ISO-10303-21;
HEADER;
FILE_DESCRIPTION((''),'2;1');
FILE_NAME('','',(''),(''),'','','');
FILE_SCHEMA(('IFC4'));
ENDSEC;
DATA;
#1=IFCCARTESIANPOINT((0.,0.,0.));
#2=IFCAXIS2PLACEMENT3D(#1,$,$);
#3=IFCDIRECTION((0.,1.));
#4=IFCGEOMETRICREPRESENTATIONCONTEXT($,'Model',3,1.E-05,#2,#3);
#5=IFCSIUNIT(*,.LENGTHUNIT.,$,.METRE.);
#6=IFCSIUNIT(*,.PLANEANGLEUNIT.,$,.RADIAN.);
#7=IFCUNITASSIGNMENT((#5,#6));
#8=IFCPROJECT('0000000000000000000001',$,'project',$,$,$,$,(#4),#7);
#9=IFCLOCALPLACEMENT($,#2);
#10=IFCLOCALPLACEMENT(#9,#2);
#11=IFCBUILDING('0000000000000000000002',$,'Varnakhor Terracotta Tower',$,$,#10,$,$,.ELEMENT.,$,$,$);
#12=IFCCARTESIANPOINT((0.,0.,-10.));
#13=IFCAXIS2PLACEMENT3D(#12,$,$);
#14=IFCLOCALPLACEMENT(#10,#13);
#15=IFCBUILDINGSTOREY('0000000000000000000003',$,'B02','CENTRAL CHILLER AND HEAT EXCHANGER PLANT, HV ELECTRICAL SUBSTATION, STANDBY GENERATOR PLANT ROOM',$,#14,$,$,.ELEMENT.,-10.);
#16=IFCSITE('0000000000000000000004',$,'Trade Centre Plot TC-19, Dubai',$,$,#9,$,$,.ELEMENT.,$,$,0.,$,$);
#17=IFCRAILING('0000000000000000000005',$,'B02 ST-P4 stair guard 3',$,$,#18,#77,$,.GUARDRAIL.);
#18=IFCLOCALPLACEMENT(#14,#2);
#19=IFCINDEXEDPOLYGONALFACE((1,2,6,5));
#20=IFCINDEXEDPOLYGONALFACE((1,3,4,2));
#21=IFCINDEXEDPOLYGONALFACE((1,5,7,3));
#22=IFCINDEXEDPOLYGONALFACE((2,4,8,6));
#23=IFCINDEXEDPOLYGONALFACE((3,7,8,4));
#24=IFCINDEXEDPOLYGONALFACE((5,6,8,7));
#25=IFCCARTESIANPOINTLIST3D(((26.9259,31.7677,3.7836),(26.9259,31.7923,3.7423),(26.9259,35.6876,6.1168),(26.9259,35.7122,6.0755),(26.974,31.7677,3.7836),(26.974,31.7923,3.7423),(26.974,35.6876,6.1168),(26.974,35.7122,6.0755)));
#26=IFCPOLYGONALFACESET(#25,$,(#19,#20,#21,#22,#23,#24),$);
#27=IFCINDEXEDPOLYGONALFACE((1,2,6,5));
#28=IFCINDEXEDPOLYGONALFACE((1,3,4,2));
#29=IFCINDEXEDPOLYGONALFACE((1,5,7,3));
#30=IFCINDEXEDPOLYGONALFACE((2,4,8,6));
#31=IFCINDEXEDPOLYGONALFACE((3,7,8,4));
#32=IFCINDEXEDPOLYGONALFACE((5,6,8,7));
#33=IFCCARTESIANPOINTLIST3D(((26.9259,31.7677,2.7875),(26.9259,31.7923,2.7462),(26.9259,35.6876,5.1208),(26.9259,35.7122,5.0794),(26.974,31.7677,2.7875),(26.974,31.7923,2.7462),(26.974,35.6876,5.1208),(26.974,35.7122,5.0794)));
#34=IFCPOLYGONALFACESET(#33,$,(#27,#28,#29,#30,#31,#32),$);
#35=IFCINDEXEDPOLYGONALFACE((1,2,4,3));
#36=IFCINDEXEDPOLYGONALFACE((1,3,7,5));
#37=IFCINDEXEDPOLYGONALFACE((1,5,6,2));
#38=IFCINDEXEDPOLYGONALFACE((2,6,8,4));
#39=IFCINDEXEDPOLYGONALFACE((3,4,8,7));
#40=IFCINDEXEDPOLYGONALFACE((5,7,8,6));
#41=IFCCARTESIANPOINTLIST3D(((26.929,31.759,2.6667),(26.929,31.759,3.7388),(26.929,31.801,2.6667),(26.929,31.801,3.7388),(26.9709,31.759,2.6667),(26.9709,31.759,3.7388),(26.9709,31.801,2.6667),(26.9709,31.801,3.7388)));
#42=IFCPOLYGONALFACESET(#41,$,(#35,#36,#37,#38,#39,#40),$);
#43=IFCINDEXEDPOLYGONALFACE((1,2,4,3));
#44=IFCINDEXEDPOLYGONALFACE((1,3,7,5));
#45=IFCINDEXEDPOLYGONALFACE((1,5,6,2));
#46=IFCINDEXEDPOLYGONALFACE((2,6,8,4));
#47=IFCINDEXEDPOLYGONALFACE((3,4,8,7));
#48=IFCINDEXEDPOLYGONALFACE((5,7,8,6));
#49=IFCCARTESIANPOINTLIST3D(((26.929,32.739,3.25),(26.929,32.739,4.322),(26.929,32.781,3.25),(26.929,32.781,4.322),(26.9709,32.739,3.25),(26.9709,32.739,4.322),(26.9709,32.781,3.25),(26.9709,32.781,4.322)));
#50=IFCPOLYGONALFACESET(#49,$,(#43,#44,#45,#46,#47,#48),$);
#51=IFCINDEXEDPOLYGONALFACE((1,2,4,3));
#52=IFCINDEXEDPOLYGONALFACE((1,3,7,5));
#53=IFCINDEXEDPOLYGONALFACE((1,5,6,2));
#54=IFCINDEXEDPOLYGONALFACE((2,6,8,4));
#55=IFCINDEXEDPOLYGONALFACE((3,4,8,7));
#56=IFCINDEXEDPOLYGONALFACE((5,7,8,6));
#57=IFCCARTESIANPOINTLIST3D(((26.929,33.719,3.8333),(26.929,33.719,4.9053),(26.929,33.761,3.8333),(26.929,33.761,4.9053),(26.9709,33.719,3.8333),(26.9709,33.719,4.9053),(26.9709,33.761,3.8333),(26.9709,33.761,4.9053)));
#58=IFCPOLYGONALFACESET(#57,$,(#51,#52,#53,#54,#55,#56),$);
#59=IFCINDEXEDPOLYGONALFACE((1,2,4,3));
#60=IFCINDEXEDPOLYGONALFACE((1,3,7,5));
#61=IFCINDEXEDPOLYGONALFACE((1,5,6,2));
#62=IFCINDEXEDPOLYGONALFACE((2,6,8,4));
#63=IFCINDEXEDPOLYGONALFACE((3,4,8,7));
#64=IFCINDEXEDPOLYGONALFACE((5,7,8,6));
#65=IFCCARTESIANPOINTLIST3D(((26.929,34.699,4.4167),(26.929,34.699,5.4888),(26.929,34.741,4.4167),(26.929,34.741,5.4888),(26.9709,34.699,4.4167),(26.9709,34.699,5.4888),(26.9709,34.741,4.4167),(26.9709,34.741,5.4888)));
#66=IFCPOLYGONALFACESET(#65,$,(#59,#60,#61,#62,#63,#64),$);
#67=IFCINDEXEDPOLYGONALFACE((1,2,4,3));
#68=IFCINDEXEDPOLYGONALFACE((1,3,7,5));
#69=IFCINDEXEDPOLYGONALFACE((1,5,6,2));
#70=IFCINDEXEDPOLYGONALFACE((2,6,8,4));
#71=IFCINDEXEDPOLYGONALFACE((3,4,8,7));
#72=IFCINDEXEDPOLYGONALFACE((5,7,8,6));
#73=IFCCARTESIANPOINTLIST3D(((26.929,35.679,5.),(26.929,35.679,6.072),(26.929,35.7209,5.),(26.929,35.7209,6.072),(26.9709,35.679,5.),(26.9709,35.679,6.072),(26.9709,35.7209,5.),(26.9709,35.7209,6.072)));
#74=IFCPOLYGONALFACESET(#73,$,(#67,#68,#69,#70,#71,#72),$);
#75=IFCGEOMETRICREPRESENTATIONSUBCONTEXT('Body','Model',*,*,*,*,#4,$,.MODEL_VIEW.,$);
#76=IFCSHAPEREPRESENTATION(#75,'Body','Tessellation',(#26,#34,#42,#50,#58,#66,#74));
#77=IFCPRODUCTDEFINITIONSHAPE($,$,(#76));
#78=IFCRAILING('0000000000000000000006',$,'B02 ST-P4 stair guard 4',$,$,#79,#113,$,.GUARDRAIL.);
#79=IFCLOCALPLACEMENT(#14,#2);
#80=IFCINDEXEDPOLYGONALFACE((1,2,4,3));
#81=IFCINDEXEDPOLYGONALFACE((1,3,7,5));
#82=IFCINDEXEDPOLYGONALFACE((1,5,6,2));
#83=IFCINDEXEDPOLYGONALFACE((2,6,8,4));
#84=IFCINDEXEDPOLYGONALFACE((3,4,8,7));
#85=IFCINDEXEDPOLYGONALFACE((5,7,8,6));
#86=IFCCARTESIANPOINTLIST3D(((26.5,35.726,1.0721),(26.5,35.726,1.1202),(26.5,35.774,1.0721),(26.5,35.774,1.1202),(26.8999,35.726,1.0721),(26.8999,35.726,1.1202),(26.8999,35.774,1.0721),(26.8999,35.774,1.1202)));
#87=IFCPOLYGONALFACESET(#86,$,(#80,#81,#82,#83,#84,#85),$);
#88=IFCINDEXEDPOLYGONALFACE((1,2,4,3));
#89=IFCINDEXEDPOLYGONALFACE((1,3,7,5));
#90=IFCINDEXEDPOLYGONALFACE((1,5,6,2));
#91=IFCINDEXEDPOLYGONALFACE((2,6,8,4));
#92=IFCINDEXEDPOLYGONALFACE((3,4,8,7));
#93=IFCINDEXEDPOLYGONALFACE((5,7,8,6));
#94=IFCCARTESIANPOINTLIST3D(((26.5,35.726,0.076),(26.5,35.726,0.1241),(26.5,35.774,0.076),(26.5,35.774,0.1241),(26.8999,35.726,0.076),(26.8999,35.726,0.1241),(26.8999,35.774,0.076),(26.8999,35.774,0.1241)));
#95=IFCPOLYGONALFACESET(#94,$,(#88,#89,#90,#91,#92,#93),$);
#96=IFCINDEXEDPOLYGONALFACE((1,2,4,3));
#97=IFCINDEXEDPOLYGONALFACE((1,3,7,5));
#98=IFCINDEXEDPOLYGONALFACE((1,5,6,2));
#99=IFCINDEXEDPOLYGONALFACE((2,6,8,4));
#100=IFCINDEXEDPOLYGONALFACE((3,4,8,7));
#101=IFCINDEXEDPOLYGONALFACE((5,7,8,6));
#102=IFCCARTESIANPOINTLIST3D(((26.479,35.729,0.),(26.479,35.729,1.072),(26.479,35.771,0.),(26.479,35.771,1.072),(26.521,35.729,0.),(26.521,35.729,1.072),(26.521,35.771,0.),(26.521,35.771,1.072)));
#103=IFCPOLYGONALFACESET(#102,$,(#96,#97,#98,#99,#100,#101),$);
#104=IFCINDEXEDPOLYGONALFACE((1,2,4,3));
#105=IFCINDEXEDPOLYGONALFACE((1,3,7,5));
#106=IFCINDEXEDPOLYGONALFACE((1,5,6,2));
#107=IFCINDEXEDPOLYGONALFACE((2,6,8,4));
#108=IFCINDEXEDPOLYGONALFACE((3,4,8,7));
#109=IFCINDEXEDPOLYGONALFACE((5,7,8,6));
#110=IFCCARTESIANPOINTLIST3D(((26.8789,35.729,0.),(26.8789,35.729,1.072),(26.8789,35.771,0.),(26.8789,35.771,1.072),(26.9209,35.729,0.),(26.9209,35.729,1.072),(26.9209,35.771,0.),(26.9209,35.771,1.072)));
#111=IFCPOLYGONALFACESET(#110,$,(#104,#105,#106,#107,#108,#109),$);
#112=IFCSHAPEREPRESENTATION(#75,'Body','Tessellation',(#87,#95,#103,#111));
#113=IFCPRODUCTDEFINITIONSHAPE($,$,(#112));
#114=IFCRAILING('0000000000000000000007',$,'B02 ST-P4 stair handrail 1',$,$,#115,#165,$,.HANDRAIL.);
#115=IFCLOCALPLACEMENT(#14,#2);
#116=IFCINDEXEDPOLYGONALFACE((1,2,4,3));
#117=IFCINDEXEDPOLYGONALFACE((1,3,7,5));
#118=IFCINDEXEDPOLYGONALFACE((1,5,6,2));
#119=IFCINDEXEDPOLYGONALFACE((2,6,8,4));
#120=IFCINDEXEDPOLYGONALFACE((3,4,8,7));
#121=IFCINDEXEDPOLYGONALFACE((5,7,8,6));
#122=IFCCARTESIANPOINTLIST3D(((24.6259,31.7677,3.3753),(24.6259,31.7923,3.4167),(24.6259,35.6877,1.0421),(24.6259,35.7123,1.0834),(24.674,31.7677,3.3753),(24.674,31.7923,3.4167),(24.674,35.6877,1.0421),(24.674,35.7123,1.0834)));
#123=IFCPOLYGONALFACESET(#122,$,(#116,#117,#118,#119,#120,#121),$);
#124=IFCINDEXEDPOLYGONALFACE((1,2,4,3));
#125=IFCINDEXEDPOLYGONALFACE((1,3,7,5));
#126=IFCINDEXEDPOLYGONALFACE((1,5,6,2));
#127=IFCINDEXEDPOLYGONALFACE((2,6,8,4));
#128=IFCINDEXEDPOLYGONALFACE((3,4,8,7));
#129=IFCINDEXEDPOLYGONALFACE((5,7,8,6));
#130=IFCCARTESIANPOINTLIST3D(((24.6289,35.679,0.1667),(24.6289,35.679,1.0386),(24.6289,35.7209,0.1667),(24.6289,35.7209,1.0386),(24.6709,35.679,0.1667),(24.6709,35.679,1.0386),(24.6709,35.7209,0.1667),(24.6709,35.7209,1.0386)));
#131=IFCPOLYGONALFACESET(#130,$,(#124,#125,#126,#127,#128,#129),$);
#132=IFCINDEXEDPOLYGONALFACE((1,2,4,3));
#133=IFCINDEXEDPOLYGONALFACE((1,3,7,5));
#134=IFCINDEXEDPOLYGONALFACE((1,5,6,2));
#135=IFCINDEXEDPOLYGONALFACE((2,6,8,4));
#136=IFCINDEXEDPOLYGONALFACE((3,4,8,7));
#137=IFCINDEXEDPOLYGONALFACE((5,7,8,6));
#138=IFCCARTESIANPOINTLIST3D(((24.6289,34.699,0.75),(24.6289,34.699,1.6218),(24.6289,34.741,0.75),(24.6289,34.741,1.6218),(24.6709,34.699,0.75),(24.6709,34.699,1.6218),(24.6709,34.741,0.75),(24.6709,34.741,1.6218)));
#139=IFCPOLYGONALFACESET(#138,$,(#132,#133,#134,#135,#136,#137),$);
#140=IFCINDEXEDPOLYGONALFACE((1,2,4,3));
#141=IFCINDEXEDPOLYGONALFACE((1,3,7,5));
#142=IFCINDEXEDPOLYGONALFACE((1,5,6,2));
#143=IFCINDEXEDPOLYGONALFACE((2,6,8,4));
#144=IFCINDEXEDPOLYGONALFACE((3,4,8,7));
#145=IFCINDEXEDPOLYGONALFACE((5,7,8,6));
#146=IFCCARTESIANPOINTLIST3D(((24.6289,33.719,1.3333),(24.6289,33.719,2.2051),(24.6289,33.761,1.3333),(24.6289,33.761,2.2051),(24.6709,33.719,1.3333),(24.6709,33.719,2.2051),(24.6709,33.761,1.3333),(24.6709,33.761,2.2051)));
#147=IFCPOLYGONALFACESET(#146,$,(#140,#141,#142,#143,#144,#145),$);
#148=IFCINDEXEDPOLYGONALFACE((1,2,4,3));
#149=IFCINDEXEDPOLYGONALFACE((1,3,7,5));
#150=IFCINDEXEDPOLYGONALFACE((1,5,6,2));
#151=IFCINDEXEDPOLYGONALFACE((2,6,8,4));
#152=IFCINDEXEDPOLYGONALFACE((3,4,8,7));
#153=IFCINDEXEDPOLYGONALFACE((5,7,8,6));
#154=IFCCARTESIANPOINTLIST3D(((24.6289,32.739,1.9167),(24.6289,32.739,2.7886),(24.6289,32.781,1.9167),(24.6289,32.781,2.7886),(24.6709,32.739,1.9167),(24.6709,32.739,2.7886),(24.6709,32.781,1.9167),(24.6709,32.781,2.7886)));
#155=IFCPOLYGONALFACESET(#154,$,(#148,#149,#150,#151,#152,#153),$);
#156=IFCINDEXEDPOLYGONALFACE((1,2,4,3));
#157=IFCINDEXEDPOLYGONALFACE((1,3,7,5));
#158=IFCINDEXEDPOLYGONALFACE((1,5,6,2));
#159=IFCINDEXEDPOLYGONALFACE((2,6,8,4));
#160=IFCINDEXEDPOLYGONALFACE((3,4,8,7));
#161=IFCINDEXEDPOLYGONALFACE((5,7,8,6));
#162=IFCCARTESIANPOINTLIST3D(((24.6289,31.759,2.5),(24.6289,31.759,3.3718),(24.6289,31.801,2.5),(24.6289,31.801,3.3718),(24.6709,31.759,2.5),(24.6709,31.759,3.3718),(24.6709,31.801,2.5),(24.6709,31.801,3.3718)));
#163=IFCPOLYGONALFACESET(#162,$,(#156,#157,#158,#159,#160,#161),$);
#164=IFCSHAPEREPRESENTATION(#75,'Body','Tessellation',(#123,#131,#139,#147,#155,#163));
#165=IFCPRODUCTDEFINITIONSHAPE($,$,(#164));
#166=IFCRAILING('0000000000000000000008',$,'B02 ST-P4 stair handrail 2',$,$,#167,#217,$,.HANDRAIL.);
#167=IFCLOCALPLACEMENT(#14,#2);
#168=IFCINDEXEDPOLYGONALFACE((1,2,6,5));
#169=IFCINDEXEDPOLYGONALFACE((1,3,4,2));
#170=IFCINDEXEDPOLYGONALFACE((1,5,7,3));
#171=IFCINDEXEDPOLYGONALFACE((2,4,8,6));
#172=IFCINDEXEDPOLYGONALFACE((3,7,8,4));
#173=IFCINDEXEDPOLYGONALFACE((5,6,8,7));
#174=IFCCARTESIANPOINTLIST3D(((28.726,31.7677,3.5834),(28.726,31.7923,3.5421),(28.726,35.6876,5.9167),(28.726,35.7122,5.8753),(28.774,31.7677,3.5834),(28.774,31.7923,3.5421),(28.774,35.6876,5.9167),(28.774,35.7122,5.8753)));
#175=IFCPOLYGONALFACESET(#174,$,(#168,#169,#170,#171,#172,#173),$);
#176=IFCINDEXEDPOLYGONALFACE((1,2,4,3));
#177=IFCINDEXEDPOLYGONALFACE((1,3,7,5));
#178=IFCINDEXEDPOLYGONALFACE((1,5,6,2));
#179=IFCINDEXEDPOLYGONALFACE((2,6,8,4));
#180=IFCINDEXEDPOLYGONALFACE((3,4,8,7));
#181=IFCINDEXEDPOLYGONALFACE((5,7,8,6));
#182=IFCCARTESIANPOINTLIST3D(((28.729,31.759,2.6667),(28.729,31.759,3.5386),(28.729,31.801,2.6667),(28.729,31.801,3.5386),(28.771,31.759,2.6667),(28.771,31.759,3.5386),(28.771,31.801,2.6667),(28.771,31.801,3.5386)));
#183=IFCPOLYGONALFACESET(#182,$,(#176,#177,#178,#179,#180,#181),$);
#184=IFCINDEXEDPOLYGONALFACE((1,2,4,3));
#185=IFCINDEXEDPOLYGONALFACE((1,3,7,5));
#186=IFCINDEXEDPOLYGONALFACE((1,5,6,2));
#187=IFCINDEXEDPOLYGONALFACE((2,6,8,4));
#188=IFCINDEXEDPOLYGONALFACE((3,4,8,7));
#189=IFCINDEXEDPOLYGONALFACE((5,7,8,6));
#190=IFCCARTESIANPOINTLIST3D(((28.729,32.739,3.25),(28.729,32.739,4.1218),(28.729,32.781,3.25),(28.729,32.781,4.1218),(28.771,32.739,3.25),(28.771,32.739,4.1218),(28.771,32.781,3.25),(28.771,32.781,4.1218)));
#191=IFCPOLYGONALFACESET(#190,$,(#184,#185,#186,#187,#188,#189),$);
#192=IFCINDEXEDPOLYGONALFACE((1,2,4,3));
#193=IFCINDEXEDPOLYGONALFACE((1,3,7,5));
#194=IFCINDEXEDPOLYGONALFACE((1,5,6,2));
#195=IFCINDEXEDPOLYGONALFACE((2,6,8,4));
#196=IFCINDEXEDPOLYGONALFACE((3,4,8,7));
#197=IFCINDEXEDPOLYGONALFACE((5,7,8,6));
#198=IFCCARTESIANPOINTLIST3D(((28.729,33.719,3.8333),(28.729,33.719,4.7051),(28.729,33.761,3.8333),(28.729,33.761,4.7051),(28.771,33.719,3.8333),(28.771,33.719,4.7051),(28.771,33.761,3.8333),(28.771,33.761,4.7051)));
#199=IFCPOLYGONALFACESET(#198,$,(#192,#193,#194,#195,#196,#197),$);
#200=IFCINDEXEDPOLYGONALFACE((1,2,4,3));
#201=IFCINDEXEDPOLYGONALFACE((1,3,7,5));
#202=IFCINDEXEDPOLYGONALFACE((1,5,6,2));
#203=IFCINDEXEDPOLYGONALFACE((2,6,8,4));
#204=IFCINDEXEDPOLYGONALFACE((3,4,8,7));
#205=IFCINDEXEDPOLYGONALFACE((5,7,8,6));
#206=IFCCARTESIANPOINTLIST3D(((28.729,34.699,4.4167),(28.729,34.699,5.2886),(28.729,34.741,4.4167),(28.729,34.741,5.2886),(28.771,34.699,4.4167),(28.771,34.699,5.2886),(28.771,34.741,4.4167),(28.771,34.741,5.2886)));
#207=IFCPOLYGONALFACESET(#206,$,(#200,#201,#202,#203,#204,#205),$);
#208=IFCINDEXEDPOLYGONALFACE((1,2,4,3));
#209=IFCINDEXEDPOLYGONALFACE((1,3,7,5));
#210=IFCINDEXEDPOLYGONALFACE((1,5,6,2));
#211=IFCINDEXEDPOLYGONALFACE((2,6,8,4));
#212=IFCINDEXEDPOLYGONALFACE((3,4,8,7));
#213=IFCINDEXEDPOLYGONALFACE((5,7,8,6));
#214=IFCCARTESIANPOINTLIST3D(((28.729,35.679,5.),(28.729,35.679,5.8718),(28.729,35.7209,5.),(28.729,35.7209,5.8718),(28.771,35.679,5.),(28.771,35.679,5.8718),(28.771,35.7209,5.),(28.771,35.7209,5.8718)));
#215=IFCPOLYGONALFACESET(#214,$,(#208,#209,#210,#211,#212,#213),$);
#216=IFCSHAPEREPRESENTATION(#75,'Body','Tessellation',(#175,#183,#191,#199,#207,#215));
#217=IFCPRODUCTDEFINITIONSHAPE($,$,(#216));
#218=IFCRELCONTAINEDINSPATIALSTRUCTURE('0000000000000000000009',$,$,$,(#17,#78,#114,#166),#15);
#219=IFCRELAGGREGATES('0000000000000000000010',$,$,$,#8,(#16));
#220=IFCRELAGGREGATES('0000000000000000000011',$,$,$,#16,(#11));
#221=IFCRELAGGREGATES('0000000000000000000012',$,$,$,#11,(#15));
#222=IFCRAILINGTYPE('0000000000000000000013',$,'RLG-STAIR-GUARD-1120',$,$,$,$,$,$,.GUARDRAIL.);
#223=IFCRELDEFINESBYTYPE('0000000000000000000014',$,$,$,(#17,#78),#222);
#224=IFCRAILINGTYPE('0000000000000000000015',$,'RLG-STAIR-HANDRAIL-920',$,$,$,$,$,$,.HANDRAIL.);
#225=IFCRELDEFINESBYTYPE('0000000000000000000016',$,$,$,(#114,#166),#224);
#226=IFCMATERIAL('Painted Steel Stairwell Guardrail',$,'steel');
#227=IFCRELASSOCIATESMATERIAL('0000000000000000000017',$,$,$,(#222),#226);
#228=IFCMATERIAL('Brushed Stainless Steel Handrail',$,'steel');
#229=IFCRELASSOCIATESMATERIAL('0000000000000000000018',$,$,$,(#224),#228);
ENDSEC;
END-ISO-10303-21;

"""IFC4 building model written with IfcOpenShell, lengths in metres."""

from ifc_helpers import new_model, si_unit, direction, frame, origin, origin_2d, place, context, subcontext, project, spatial, rectangle, extrude, material, type_object, element, save


model = new_model("IFC4")

# Units and contexts
model_context = context("Model", 3, precision=1e-05, world=origin(), true_north=direction((0.0, 1.0)))
body_context = subcontext(model_context, "Body", "Model", "MODEL_VIEW")
ifc_project = project(units=[si_unit("LENGTHUNIT", "METRE"), si_unit("PLANEANGLEUNIT", "RADIAN")], contexts=[model_context])

# Site, building, storey
site_placement = place(None, origin())
site = spatial("IfcSite", under=ifc_project, at=site_placement, Name="Trade Centre Plot TC-19, Dubai", CompositionType="ELEMENT", RefElevation=0.0)
building_placement = place(site_placement, origin())
building = spatial("IfcBuilding", under=site, at=building_placement, Name="Varnakhor Terracotta Tower", CompositionType="ELEMENT")
storey_placement = place(building_placement, frame((0.0, 0.0, -10.0)))
storey = spatial("IfcBuildingStorey", under=building, at=storey_placement, Name="B02", Description="CENTRAL CHILLER AND HEAT EXCHANGER PLANT, HV ELECTRICAL SUBSTATION, STANDBY GENERATOR PLANT ROOM", CompositionType="ELEMENT", Elevation=-10.0)

# Railings
ifc_material_1 = material(Name="Painted Steel Stairwell Guardrail", Category="steel")
railing_type_1 = type_object("IfcRailingType", Name="RLG-STAIR-GUARD-1120", PredefinedType="GUARDRAIL", material=ifc_material_1)
railing_1_placement = place(storey_placement, frame((26.95, 31.78, 2.6667)))
element("IfcRailing", 1, at=railing_1_placement, inside=storey, type_object=railing_type_1, Name="B02 ST-P4 stair guard 3", PredefinedType="GUARDRAIL", context=body_context, shape_type="SweptSolid", body=[
    extrude(rectangle(XDim=0.0481, YDim=0.0481, at=origin_2d()), frame((0.0, 0.0, 1.0962), z_axis=(0.0, 0.859296, 0.511478), x_axis=(-1.0, 0.0, 0.0)), (0.0, 0.0, 1.0), 4.5618),
    extrude(rectangle(XDim=0.0481, YDim=0.0481, at=origin_2d()), frame((0.0, 0.0, 0.1001), z_axis=(0.0, 0.859296, 0.511478), x_axis=(-1.0, 0.0, 0.0)), (0.0, 0.0, 1.0), 4.5618),
    extrude(rectangle(XDim=0.042, YDim=0.042, at=origin_2d()), origin(), (0.0, 0.0, 1.0), 1.072),
    extrude(rectangle(XDim=0.042, YDim=0.042, at=origin_2d()), frame((0.0, 0.98, 0.5833)), (0.0, 0.0, 1.0), 1.072),
    extrude(rectangle(XDim=0.042, YDim=0.042, at=origin_2d()), frame((0.0, 1.96, 1.1665)), (0.0, 0.0, 1.0), 1.072),
    extrude(rectangle(XDim=0.042, YDim=0.042, at=origin_2d()), frame((0.0, 2.9399, 1.75)), (0.0, 0.0, 1.0), 1.072),
    extrude(rectangle(XDim=0.042, YDim=0.042, at=origin_2d()), frame((0.0, 3.9199, 2.3333)), (0.0, 0.0, 1.0), 1.072),
])
railing_2_placement = place(storey_placement, frame((26.5, 35.75, 0.0)))
element("IfcRailing", 2, at=railing_2_placement, inside=storey, type_object=railing_type_1, Name="B02 ST-P4 stair guard 4", PredefinedType="GUARDRAIL", context=body_context, shape_type="SweptSolid", body=[
    extrude(rectangle(XDim=0.0481, YDim=0.0481, at=origin_2d()), frame((0.0, 0.0, 1.0962), z_axis=(1.0, 0.0, 0.0), x_axis=(0.0, 1.0, 0.0)), (0.0, 0.0, 1.0), 0.3999),
    extrude(rectangle(XDim=0.0481, YDim=0.0481, at=origin_2d()), frame((0.0, 0.0, 0.1001), z_axis=(1.0, 0.0, 0.0), x_axis=(0.0, 1.0, 0.0)), (0.0, 0.0, 1.0), 0.3999),
    extrude(rectangle(XDim=0.042, YDim=0.042, at=origin_2d()), origin(), (0.0, 0.0, 1.0), 1.072),
    extrude(rectangle(XDim=0.042, YDim=0.042, at=origin_2d()), frame((0.3999, 0.0, 0.0)), (0.0, 0.0, 1.0), 1.072),
])
ifc_material_2 = material(Name="Brushed Stainless Steel Handrail", Category="steel")
railing_type_2 = type_object("IfcRailingType", Name="RLG-STAIR-HANDRAIL-920", PredefinedType="HANDRAIL", material=ifc_material_2)
railing_3_placement = place(storey_placement, frame((24.6499, 35.7, 0.1667)))
element("IfcRailing", 3, at=railing_3_placement, inside=storey, type_object=railing_type_2, Name="B02 ST-P4 stair handrail 1", PredefinedType="HANDRAIL", context=body_context, shape_type="SweptSolid", body=[
    extrude(rectangle(XDim=0.0481, YDim=0.0481, at=origin_2d()), frame((0.0, 0.0, 0.896), z_axis=(0.0, -0.859296, 0.511478), x_axis=(1.0, 0.0, 0.0)), (0.0, 0.0, 1.0), 4.5618),
    extrude(rectangle(XDim=0.042, YDim=0.042, at=origin_2d()), origin(), (0.0, 0.0, 1.0), 0.8718),
    extrude(rectangle(XDim=0.042, YDim=0.042, at=origin_2d()), frame((0.0, -0.98, 0.5833)), (0.0, 0.0, 1.0), 0.8718),
    extrude(rectangle(XDim=0.042, YDim=0.042, at=origin_2d()), frame((0.0, -1.96, 1.1665)), (0.0, 0.0, 1.0), 0.8718),
    extrude(rectangle(XDim=0.042, YDim=0.042, at=origin_2d()), frame((0.0, -2.9399, 1.75)), (0.0, 0.0, 1.0), 0.8718),
    extrude(rectangle(XDim=0.042, YDim=0.042, at=origin_2d()), frame((0.0, -3.9199, 2.3333)), (0.0, 0.0, 1.0), 0.8718),
])
railing_4_placement = place(storey_placement, frame((28.75, 31.78, 2.6667)))
element("IfcRailing", 4, at=railing_4_placement, inside=storey, type_object=railing_type_2, Name="B02 ST-P4 stair handrail 2", PredefinedType="HANDRAIL", context=body_context, shape_type="SweptSolid", body=[
    extrude(rectangle(XDim=0.0481, YDim=0.0481, at=origin_2d()), frame((0.0, 0.0, 0.896), z_axis=(0.0, 0.859296, 0.511478), x_axis=(-1.0, 0.0, 0.0)), (0.0, 0.0, 1.0), 4.5618),
    extrude(rectangle(XDim=0.042, YDim=0.042, at=origin_2d()), origin(), (0.0, 0.0, 1.0), 0.8718),
    extrude(rectangle(XDim=0.042, YDim=0.042, at=origin_2d()), frame((0.0, 0.98, 0.5833)), (0.0, 0.0, 1.0), 0.8718),
    extrude(rectangle(XDim=0.042, YDim=0.042, at=origin_2d()), frame((0.0, 1.96, 1.1665)), (0.0, 0.0, 1.0), 0.8718),
    extrude(rectangle(XDim=0.042, YDim=0.042, at=origin_2d()), frame((0.0, 2.9399, 1.75)), (0.0, 0.0, 1.0), 0.8718),
    extrude(rectangle(XDim=0.042, YDim=0.042, at=origin_2d()), frame((0.0, 3.9199, 2.3333)), (0.0, 0.0, 1.0), 0.8718),
])

save(model, "model.ifc")
